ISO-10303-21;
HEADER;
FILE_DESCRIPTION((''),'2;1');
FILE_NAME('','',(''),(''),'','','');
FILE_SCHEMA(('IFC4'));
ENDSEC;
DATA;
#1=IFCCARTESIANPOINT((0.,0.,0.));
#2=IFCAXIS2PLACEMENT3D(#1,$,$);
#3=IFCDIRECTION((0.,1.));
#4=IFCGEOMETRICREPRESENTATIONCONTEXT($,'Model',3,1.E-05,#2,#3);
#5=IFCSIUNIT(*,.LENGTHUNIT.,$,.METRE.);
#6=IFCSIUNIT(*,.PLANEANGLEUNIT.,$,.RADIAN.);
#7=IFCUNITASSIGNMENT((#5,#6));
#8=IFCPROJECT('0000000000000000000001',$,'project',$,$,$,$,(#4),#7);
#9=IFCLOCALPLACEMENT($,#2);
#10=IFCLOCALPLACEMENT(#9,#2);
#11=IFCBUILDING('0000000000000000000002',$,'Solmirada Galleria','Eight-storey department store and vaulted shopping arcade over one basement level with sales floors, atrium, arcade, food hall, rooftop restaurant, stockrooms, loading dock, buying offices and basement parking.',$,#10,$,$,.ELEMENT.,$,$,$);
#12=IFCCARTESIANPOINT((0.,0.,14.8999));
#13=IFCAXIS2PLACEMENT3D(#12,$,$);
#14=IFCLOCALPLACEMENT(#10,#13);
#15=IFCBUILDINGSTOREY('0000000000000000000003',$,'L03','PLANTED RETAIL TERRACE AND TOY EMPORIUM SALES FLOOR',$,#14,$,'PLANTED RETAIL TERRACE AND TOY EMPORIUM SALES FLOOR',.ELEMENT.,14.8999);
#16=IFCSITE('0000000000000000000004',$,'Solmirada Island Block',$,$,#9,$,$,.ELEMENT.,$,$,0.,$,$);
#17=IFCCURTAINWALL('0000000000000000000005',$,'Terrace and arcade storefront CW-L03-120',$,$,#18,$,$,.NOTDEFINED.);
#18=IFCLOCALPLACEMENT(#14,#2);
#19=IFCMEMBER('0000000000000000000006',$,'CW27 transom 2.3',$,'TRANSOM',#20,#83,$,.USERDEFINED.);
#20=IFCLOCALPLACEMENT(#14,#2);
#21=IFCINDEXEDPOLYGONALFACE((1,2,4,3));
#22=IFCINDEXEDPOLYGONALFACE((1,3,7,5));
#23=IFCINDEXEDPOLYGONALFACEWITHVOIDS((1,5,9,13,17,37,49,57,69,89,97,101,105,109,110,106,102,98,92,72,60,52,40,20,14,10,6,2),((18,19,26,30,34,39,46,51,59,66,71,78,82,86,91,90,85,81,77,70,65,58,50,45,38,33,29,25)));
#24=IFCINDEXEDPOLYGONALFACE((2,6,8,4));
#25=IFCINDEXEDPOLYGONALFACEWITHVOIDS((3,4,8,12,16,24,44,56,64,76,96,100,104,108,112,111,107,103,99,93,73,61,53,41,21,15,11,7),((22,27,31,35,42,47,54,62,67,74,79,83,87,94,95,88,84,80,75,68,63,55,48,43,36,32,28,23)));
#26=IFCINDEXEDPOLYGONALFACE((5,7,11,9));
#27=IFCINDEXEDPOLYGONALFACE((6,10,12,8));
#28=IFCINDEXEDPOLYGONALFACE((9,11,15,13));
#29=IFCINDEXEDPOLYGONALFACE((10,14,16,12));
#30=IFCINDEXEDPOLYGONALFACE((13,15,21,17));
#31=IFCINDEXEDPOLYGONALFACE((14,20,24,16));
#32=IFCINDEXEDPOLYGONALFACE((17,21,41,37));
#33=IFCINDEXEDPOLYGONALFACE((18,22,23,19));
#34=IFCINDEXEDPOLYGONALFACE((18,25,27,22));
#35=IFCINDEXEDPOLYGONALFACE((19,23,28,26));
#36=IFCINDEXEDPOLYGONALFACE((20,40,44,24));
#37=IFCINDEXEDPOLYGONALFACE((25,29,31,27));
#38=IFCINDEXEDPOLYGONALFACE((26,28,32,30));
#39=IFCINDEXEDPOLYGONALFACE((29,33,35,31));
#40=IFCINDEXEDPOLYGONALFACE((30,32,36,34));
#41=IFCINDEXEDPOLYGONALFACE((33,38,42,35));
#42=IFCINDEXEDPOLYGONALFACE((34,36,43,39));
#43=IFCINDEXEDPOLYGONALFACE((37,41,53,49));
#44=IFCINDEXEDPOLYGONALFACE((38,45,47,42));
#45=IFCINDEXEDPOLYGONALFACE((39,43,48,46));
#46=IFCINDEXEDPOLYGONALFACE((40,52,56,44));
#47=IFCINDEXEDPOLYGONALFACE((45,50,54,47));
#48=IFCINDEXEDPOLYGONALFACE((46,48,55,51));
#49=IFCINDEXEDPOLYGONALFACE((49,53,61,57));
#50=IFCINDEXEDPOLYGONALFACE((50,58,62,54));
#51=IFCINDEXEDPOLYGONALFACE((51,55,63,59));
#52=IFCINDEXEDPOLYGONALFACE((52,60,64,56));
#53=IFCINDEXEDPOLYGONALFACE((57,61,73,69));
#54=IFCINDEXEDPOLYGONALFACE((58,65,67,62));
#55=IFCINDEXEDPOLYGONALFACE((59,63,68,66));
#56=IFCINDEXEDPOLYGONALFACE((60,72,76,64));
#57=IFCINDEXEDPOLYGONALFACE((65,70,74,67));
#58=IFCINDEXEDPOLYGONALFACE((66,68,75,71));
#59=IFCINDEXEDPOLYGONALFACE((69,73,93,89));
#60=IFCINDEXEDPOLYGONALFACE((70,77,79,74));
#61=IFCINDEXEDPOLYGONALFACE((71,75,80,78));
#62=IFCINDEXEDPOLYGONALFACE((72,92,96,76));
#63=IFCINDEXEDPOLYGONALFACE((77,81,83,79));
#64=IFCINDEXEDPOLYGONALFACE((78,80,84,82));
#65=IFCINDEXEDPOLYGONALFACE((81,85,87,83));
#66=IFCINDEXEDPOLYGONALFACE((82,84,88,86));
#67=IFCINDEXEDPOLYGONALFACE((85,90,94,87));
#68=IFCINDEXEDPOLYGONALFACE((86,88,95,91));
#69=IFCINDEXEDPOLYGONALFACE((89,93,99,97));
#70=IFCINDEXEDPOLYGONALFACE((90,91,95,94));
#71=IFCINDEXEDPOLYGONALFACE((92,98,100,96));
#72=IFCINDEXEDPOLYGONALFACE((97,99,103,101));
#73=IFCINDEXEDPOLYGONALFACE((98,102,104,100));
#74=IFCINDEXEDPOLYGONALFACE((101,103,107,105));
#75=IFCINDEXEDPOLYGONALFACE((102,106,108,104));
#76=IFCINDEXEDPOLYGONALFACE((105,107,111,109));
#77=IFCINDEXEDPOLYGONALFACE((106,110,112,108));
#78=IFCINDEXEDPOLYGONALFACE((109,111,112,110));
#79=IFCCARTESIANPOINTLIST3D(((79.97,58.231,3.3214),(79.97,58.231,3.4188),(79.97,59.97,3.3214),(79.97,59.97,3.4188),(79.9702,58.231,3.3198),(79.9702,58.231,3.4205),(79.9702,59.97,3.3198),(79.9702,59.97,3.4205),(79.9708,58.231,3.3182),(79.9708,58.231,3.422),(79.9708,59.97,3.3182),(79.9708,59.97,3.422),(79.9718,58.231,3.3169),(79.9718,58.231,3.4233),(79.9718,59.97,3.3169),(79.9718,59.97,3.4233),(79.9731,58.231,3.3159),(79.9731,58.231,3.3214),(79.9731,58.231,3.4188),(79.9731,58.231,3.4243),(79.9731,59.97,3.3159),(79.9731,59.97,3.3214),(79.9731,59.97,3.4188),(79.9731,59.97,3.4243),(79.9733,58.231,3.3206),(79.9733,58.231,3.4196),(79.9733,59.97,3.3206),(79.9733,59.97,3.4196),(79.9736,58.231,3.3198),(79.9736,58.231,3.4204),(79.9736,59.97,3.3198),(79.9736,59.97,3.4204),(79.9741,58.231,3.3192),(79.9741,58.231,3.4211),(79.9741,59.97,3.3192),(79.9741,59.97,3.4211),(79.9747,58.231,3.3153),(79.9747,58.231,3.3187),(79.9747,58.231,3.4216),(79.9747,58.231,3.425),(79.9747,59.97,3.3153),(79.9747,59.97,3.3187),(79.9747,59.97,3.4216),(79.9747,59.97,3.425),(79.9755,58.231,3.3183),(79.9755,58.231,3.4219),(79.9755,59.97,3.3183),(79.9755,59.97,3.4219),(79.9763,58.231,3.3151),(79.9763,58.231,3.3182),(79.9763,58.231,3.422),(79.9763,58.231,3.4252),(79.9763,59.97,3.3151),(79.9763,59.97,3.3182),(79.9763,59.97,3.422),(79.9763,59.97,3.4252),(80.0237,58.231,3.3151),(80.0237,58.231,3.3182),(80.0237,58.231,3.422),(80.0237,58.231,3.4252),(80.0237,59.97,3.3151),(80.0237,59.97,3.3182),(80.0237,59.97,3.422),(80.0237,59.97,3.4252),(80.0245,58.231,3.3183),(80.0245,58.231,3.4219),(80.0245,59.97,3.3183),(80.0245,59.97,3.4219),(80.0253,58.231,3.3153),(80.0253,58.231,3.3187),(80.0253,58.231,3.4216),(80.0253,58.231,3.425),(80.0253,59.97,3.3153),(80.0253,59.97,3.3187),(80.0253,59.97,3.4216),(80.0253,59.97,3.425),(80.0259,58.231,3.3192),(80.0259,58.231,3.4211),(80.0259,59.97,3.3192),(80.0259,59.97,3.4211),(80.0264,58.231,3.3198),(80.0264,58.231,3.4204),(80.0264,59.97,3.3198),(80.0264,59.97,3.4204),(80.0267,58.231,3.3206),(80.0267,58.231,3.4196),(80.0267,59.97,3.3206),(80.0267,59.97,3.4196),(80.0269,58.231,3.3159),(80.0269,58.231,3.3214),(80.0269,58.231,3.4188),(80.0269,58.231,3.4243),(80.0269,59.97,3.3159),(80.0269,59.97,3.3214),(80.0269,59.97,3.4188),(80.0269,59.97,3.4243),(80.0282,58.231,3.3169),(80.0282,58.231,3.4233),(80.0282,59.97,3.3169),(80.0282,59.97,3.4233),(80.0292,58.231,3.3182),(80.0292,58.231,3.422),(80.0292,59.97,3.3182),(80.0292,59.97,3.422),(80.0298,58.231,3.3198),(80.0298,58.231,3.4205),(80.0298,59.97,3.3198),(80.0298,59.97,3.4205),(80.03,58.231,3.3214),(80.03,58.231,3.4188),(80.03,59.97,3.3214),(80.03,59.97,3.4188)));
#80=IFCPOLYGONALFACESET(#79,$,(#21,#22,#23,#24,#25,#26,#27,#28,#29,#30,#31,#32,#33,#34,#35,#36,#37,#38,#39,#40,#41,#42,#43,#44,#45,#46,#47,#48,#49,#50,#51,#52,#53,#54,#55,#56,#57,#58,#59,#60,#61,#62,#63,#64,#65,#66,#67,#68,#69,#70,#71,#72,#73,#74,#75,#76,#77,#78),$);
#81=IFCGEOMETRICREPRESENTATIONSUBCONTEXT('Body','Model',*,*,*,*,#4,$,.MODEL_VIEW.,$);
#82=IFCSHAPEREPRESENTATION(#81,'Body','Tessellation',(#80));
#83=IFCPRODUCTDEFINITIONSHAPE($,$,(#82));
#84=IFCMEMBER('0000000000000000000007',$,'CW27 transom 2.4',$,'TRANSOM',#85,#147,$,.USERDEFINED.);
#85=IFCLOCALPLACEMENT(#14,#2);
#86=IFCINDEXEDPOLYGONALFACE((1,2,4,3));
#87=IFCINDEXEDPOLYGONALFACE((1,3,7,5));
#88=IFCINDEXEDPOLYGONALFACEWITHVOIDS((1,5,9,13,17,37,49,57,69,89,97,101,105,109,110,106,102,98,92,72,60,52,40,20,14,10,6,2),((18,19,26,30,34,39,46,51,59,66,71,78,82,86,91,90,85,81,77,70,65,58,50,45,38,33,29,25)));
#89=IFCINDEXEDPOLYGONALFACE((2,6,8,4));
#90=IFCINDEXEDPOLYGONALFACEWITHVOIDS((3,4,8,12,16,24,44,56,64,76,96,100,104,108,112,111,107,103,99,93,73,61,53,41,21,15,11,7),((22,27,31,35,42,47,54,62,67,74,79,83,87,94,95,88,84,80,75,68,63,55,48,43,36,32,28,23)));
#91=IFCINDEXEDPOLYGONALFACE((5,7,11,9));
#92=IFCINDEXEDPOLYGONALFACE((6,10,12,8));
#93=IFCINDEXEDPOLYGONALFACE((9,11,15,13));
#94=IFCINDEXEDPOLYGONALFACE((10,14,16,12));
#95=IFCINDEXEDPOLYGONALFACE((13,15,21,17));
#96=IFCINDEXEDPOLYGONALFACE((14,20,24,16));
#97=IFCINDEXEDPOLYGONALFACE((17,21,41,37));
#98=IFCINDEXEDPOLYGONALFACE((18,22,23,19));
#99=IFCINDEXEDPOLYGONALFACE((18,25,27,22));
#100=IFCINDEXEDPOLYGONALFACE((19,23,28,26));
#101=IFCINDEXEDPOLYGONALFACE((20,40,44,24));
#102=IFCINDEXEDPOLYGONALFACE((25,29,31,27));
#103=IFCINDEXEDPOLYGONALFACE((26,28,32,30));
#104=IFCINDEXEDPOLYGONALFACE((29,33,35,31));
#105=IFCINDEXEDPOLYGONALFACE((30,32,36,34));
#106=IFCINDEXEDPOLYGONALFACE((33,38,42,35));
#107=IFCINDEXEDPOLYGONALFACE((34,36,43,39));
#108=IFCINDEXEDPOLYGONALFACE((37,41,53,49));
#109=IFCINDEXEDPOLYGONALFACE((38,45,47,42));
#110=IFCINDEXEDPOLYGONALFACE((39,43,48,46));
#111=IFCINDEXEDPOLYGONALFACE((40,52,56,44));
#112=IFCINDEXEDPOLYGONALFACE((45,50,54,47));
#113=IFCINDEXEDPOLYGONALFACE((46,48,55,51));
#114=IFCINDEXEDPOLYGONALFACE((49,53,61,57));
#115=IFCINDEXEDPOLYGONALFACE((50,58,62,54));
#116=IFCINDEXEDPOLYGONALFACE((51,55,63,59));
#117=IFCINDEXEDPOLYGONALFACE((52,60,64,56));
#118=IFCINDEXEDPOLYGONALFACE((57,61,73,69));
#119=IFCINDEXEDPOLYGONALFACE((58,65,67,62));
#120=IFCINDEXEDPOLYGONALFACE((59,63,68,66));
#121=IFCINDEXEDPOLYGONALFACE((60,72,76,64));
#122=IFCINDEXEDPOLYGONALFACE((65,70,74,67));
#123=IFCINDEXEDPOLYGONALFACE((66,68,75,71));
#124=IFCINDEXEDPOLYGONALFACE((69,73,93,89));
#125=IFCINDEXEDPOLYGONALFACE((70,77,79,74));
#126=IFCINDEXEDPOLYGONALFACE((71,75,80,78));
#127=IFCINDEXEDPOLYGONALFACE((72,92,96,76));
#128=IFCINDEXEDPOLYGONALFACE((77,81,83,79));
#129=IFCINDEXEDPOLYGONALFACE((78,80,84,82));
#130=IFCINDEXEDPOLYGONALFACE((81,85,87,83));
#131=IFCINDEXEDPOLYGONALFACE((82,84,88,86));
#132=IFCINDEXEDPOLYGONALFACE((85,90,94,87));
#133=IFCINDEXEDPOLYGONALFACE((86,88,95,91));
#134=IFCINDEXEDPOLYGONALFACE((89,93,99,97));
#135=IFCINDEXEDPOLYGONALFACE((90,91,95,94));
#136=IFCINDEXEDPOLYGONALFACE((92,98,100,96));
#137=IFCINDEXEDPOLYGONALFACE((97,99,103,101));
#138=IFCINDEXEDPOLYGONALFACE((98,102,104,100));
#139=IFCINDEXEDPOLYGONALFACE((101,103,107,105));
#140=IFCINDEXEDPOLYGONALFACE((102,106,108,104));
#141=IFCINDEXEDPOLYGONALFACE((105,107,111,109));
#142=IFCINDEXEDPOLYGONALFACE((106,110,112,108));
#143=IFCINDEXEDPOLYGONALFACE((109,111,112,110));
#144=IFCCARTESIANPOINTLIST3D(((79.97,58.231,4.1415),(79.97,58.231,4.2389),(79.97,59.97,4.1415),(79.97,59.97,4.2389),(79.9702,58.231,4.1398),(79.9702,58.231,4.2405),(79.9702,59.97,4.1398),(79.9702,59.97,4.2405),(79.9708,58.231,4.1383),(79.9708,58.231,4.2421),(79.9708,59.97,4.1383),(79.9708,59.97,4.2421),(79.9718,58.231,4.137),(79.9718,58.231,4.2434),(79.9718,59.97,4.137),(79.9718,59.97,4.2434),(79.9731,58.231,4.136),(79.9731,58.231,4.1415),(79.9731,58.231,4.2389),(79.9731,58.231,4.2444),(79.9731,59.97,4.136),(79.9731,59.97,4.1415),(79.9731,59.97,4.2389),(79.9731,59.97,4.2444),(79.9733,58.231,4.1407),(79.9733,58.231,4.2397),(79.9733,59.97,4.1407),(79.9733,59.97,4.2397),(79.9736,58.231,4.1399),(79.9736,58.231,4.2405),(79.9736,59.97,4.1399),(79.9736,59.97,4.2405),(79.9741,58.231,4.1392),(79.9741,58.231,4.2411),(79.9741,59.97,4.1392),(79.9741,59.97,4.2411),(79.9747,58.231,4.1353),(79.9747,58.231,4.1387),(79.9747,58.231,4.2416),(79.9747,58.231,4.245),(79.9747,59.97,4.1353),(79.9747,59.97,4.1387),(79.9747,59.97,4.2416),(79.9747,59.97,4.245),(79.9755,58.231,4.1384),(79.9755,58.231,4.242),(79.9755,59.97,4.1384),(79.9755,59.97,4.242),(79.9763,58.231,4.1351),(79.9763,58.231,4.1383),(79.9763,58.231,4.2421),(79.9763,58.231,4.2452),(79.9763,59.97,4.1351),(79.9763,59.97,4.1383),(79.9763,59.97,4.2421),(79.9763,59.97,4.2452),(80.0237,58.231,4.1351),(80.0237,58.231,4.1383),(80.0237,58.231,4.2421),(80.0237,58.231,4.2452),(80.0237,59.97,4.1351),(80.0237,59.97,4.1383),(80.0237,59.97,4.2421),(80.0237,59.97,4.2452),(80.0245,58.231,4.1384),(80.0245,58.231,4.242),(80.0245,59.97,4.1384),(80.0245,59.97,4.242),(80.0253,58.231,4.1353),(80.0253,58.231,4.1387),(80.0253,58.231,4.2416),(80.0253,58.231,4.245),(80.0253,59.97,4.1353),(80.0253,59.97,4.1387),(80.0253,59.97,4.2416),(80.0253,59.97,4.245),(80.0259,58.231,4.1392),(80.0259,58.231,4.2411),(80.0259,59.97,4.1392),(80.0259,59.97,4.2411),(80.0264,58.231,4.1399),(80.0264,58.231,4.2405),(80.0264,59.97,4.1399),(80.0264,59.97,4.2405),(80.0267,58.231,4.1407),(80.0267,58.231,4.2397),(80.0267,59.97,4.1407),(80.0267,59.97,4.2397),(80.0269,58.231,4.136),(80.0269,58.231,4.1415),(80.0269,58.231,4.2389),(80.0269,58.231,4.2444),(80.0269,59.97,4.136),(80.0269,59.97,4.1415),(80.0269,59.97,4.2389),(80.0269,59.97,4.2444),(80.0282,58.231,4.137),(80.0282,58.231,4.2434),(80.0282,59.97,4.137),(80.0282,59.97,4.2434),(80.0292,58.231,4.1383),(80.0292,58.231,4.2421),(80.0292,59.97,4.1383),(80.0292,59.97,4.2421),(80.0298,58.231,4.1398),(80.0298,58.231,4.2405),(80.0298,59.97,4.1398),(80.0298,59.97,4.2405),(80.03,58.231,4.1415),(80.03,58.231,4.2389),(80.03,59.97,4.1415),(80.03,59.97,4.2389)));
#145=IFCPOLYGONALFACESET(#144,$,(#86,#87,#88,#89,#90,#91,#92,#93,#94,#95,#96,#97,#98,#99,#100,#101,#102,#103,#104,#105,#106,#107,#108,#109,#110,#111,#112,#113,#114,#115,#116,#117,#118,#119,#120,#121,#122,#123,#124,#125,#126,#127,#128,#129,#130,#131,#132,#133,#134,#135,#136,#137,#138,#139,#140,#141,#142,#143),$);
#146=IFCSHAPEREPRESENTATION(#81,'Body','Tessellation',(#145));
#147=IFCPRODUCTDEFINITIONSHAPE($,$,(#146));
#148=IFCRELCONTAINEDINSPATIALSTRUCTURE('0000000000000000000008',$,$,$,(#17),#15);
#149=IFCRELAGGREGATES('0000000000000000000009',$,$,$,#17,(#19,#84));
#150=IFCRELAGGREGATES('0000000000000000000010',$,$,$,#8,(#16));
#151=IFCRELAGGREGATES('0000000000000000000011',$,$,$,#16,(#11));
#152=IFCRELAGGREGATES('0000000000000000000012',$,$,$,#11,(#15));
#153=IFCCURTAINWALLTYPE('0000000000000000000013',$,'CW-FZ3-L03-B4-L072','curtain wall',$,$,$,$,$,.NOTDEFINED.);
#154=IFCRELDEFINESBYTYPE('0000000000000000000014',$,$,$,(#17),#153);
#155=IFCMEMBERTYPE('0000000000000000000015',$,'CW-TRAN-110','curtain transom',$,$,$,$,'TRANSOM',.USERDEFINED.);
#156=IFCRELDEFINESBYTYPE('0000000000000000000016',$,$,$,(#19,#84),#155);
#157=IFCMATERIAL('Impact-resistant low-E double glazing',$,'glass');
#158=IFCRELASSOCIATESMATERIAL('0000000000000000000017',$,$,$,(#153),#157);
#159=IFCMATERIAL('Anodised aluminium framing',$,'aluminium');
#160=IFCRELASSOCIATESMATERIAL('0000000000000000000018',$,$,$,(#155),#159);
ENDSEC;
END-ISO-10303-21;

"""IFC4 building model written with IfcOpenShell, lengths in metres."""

from ifc_helpers import new_model, si_unit, direction, frame, origin, origin_2d, place, context, subcontext, project, spatial, hollow_rectangle, extrude, material, material_profile, profile_set, type_object, element, aggregate, save


model = new_model("IFC4")

# Units and contexts
model_context = context("Model", 3, precision=1e-05, world=origin(), true_north=direction((0.0, 1.0)))
body_context = subcontext(model_context, "Body", "Model", "MODEL_VIEW")
ifc_project = project(units=[si_unit("LENGTHUNIT", "METRE"), si_unit("PLANEANGLEUNIT", "RADIAN")], contexts=[model_context])

# Site, building, storey
site_placement = place(None, origin())
site = spatial("IfcSite", under=ifc_project, at=site_placement, Name="Solmirada Island Block", CompositionType="ELEMENT", RefElevation=0.0)
building_placement = place(site_placement, origin())
building = spatial("IfcBuilding", under=site, at=building_placement, Name="Solmirada Galleria", Description="Eight-storey department store and vaulted shopping arcade over one basement level with sales floors, atrium, arcade, food hall, rooftop restaurant, stockrooms, loading dock, buying offices and basement parking.", CompositionType="ELEMENT")
storey_placement = place(building_placement, frame((0.0, 0.0, 14.8999)))
storey = spatial("IfcBuildingStorey", under=building, at=storey_placement, Name="L03", Description="PLANTED RETAIL TERRACE AND TOY EMPORIUM SALES FLOOR", LongName="PLANTED RETAIL TERRACE AND TOY EMPORIUM SALES FLOOR", CompositionType="ELEMENT", Elevation=14.8999)

# Curtain wall
ifc_material_1 = material(Name="Impact-resistant low-E double glazing", Category="glass")
curtain_wall_type = type_object("IfcCurtainWallType", Name="CW-FZ3-L03-B4-L072", Description="curtain wall", PredefinedType="NOTDEFINED", material=ifc_material_1)
curtain_wall_1_placement = place(storey_placement, origin())
curtain_wall_1 = element("IfcCurtainWall", 1, at=curtain_wall_1_placement, inside=storey, type_object=curtain_wall_type, Name="Terrace and arcade storefront CW-L03-120", PredefinedType="NOTDEFINED")
ifc_material_2 = material(Name="Anodised aluminium framing", Category="aluminium")

# Members
ifc_material_profile_1 = material_profile(ifc_material_2, hollow_rectangle(XDim=0.0601, YDim=0.1101, WallThickness=0.0032, InnerFilletRadius=0.0032, OuterFilletRadius=0.0063, at=origin_2d()), Name="ALU-TRAN-110X60")
ifc_profile_set_1 = profile_set([ifc_material_profile_1], Name="Anodised aluminium framing")
member_type_1 = type_object("IfcMemberType", Name="CW-TRAN-110", Description="curtain transom", ElementType="TRANSOM", PredefinedType="USERDEFINED", material=ifc_profile_set_1)
member_1_placement = place(storey_placement, frame((80.0, 58.231, 3.3701), z_axis=(0.0, 1.0, 0.0), x_axis=(-1.0, 0.0, 0.0)))
member_1 = element("IfcMember", 2, at=member_1_placement, type_object=member_type_1, Name="CW27 transom 2.3", ObjectType="TRANSOM", PredefinedType="USERDEFINED", context=body_context, shape_type="SweptSolid", body=[
    extrude(hollow_rectangle(XDim=0.0601, YDim=0.1101, WallThickness=0.0032, InnerFilletRadius=0.0032, OuterFilletRadius=0.0063, at=origin_2d()), origin(), (0.0, 0.0, 1.0), 1.739),
])
member_2_placement = place(storey_placement, frame((80.0, 58.231, 4.1902), z_axis=(0.0, 1.0, 0.0), x_axis=(-1.0, 0.0, 0.0)))
member_2 = element("IfcMember", 3, at=member_2_placement, type_object=member_type_1, Name="CW27 transom 2.4", ObjectType="TRANSOM", PredefinedType="USERDEFINED", context=body_context, shape_type="SweptSolid", body=[
    extrude(hollow_rectangle(XDim=0.0601, YDim=0.1101, WallThickness=0.0032, InnerFilletRadius=0.0032, OuterFilletRadius=0.0063, at=origin_2d()), origin(), (0.0, 0.0, 1.0), 1.739),
])

aggregate(curtain_wall_1, [member_1, member_2])

save(model, "model.ifc")
